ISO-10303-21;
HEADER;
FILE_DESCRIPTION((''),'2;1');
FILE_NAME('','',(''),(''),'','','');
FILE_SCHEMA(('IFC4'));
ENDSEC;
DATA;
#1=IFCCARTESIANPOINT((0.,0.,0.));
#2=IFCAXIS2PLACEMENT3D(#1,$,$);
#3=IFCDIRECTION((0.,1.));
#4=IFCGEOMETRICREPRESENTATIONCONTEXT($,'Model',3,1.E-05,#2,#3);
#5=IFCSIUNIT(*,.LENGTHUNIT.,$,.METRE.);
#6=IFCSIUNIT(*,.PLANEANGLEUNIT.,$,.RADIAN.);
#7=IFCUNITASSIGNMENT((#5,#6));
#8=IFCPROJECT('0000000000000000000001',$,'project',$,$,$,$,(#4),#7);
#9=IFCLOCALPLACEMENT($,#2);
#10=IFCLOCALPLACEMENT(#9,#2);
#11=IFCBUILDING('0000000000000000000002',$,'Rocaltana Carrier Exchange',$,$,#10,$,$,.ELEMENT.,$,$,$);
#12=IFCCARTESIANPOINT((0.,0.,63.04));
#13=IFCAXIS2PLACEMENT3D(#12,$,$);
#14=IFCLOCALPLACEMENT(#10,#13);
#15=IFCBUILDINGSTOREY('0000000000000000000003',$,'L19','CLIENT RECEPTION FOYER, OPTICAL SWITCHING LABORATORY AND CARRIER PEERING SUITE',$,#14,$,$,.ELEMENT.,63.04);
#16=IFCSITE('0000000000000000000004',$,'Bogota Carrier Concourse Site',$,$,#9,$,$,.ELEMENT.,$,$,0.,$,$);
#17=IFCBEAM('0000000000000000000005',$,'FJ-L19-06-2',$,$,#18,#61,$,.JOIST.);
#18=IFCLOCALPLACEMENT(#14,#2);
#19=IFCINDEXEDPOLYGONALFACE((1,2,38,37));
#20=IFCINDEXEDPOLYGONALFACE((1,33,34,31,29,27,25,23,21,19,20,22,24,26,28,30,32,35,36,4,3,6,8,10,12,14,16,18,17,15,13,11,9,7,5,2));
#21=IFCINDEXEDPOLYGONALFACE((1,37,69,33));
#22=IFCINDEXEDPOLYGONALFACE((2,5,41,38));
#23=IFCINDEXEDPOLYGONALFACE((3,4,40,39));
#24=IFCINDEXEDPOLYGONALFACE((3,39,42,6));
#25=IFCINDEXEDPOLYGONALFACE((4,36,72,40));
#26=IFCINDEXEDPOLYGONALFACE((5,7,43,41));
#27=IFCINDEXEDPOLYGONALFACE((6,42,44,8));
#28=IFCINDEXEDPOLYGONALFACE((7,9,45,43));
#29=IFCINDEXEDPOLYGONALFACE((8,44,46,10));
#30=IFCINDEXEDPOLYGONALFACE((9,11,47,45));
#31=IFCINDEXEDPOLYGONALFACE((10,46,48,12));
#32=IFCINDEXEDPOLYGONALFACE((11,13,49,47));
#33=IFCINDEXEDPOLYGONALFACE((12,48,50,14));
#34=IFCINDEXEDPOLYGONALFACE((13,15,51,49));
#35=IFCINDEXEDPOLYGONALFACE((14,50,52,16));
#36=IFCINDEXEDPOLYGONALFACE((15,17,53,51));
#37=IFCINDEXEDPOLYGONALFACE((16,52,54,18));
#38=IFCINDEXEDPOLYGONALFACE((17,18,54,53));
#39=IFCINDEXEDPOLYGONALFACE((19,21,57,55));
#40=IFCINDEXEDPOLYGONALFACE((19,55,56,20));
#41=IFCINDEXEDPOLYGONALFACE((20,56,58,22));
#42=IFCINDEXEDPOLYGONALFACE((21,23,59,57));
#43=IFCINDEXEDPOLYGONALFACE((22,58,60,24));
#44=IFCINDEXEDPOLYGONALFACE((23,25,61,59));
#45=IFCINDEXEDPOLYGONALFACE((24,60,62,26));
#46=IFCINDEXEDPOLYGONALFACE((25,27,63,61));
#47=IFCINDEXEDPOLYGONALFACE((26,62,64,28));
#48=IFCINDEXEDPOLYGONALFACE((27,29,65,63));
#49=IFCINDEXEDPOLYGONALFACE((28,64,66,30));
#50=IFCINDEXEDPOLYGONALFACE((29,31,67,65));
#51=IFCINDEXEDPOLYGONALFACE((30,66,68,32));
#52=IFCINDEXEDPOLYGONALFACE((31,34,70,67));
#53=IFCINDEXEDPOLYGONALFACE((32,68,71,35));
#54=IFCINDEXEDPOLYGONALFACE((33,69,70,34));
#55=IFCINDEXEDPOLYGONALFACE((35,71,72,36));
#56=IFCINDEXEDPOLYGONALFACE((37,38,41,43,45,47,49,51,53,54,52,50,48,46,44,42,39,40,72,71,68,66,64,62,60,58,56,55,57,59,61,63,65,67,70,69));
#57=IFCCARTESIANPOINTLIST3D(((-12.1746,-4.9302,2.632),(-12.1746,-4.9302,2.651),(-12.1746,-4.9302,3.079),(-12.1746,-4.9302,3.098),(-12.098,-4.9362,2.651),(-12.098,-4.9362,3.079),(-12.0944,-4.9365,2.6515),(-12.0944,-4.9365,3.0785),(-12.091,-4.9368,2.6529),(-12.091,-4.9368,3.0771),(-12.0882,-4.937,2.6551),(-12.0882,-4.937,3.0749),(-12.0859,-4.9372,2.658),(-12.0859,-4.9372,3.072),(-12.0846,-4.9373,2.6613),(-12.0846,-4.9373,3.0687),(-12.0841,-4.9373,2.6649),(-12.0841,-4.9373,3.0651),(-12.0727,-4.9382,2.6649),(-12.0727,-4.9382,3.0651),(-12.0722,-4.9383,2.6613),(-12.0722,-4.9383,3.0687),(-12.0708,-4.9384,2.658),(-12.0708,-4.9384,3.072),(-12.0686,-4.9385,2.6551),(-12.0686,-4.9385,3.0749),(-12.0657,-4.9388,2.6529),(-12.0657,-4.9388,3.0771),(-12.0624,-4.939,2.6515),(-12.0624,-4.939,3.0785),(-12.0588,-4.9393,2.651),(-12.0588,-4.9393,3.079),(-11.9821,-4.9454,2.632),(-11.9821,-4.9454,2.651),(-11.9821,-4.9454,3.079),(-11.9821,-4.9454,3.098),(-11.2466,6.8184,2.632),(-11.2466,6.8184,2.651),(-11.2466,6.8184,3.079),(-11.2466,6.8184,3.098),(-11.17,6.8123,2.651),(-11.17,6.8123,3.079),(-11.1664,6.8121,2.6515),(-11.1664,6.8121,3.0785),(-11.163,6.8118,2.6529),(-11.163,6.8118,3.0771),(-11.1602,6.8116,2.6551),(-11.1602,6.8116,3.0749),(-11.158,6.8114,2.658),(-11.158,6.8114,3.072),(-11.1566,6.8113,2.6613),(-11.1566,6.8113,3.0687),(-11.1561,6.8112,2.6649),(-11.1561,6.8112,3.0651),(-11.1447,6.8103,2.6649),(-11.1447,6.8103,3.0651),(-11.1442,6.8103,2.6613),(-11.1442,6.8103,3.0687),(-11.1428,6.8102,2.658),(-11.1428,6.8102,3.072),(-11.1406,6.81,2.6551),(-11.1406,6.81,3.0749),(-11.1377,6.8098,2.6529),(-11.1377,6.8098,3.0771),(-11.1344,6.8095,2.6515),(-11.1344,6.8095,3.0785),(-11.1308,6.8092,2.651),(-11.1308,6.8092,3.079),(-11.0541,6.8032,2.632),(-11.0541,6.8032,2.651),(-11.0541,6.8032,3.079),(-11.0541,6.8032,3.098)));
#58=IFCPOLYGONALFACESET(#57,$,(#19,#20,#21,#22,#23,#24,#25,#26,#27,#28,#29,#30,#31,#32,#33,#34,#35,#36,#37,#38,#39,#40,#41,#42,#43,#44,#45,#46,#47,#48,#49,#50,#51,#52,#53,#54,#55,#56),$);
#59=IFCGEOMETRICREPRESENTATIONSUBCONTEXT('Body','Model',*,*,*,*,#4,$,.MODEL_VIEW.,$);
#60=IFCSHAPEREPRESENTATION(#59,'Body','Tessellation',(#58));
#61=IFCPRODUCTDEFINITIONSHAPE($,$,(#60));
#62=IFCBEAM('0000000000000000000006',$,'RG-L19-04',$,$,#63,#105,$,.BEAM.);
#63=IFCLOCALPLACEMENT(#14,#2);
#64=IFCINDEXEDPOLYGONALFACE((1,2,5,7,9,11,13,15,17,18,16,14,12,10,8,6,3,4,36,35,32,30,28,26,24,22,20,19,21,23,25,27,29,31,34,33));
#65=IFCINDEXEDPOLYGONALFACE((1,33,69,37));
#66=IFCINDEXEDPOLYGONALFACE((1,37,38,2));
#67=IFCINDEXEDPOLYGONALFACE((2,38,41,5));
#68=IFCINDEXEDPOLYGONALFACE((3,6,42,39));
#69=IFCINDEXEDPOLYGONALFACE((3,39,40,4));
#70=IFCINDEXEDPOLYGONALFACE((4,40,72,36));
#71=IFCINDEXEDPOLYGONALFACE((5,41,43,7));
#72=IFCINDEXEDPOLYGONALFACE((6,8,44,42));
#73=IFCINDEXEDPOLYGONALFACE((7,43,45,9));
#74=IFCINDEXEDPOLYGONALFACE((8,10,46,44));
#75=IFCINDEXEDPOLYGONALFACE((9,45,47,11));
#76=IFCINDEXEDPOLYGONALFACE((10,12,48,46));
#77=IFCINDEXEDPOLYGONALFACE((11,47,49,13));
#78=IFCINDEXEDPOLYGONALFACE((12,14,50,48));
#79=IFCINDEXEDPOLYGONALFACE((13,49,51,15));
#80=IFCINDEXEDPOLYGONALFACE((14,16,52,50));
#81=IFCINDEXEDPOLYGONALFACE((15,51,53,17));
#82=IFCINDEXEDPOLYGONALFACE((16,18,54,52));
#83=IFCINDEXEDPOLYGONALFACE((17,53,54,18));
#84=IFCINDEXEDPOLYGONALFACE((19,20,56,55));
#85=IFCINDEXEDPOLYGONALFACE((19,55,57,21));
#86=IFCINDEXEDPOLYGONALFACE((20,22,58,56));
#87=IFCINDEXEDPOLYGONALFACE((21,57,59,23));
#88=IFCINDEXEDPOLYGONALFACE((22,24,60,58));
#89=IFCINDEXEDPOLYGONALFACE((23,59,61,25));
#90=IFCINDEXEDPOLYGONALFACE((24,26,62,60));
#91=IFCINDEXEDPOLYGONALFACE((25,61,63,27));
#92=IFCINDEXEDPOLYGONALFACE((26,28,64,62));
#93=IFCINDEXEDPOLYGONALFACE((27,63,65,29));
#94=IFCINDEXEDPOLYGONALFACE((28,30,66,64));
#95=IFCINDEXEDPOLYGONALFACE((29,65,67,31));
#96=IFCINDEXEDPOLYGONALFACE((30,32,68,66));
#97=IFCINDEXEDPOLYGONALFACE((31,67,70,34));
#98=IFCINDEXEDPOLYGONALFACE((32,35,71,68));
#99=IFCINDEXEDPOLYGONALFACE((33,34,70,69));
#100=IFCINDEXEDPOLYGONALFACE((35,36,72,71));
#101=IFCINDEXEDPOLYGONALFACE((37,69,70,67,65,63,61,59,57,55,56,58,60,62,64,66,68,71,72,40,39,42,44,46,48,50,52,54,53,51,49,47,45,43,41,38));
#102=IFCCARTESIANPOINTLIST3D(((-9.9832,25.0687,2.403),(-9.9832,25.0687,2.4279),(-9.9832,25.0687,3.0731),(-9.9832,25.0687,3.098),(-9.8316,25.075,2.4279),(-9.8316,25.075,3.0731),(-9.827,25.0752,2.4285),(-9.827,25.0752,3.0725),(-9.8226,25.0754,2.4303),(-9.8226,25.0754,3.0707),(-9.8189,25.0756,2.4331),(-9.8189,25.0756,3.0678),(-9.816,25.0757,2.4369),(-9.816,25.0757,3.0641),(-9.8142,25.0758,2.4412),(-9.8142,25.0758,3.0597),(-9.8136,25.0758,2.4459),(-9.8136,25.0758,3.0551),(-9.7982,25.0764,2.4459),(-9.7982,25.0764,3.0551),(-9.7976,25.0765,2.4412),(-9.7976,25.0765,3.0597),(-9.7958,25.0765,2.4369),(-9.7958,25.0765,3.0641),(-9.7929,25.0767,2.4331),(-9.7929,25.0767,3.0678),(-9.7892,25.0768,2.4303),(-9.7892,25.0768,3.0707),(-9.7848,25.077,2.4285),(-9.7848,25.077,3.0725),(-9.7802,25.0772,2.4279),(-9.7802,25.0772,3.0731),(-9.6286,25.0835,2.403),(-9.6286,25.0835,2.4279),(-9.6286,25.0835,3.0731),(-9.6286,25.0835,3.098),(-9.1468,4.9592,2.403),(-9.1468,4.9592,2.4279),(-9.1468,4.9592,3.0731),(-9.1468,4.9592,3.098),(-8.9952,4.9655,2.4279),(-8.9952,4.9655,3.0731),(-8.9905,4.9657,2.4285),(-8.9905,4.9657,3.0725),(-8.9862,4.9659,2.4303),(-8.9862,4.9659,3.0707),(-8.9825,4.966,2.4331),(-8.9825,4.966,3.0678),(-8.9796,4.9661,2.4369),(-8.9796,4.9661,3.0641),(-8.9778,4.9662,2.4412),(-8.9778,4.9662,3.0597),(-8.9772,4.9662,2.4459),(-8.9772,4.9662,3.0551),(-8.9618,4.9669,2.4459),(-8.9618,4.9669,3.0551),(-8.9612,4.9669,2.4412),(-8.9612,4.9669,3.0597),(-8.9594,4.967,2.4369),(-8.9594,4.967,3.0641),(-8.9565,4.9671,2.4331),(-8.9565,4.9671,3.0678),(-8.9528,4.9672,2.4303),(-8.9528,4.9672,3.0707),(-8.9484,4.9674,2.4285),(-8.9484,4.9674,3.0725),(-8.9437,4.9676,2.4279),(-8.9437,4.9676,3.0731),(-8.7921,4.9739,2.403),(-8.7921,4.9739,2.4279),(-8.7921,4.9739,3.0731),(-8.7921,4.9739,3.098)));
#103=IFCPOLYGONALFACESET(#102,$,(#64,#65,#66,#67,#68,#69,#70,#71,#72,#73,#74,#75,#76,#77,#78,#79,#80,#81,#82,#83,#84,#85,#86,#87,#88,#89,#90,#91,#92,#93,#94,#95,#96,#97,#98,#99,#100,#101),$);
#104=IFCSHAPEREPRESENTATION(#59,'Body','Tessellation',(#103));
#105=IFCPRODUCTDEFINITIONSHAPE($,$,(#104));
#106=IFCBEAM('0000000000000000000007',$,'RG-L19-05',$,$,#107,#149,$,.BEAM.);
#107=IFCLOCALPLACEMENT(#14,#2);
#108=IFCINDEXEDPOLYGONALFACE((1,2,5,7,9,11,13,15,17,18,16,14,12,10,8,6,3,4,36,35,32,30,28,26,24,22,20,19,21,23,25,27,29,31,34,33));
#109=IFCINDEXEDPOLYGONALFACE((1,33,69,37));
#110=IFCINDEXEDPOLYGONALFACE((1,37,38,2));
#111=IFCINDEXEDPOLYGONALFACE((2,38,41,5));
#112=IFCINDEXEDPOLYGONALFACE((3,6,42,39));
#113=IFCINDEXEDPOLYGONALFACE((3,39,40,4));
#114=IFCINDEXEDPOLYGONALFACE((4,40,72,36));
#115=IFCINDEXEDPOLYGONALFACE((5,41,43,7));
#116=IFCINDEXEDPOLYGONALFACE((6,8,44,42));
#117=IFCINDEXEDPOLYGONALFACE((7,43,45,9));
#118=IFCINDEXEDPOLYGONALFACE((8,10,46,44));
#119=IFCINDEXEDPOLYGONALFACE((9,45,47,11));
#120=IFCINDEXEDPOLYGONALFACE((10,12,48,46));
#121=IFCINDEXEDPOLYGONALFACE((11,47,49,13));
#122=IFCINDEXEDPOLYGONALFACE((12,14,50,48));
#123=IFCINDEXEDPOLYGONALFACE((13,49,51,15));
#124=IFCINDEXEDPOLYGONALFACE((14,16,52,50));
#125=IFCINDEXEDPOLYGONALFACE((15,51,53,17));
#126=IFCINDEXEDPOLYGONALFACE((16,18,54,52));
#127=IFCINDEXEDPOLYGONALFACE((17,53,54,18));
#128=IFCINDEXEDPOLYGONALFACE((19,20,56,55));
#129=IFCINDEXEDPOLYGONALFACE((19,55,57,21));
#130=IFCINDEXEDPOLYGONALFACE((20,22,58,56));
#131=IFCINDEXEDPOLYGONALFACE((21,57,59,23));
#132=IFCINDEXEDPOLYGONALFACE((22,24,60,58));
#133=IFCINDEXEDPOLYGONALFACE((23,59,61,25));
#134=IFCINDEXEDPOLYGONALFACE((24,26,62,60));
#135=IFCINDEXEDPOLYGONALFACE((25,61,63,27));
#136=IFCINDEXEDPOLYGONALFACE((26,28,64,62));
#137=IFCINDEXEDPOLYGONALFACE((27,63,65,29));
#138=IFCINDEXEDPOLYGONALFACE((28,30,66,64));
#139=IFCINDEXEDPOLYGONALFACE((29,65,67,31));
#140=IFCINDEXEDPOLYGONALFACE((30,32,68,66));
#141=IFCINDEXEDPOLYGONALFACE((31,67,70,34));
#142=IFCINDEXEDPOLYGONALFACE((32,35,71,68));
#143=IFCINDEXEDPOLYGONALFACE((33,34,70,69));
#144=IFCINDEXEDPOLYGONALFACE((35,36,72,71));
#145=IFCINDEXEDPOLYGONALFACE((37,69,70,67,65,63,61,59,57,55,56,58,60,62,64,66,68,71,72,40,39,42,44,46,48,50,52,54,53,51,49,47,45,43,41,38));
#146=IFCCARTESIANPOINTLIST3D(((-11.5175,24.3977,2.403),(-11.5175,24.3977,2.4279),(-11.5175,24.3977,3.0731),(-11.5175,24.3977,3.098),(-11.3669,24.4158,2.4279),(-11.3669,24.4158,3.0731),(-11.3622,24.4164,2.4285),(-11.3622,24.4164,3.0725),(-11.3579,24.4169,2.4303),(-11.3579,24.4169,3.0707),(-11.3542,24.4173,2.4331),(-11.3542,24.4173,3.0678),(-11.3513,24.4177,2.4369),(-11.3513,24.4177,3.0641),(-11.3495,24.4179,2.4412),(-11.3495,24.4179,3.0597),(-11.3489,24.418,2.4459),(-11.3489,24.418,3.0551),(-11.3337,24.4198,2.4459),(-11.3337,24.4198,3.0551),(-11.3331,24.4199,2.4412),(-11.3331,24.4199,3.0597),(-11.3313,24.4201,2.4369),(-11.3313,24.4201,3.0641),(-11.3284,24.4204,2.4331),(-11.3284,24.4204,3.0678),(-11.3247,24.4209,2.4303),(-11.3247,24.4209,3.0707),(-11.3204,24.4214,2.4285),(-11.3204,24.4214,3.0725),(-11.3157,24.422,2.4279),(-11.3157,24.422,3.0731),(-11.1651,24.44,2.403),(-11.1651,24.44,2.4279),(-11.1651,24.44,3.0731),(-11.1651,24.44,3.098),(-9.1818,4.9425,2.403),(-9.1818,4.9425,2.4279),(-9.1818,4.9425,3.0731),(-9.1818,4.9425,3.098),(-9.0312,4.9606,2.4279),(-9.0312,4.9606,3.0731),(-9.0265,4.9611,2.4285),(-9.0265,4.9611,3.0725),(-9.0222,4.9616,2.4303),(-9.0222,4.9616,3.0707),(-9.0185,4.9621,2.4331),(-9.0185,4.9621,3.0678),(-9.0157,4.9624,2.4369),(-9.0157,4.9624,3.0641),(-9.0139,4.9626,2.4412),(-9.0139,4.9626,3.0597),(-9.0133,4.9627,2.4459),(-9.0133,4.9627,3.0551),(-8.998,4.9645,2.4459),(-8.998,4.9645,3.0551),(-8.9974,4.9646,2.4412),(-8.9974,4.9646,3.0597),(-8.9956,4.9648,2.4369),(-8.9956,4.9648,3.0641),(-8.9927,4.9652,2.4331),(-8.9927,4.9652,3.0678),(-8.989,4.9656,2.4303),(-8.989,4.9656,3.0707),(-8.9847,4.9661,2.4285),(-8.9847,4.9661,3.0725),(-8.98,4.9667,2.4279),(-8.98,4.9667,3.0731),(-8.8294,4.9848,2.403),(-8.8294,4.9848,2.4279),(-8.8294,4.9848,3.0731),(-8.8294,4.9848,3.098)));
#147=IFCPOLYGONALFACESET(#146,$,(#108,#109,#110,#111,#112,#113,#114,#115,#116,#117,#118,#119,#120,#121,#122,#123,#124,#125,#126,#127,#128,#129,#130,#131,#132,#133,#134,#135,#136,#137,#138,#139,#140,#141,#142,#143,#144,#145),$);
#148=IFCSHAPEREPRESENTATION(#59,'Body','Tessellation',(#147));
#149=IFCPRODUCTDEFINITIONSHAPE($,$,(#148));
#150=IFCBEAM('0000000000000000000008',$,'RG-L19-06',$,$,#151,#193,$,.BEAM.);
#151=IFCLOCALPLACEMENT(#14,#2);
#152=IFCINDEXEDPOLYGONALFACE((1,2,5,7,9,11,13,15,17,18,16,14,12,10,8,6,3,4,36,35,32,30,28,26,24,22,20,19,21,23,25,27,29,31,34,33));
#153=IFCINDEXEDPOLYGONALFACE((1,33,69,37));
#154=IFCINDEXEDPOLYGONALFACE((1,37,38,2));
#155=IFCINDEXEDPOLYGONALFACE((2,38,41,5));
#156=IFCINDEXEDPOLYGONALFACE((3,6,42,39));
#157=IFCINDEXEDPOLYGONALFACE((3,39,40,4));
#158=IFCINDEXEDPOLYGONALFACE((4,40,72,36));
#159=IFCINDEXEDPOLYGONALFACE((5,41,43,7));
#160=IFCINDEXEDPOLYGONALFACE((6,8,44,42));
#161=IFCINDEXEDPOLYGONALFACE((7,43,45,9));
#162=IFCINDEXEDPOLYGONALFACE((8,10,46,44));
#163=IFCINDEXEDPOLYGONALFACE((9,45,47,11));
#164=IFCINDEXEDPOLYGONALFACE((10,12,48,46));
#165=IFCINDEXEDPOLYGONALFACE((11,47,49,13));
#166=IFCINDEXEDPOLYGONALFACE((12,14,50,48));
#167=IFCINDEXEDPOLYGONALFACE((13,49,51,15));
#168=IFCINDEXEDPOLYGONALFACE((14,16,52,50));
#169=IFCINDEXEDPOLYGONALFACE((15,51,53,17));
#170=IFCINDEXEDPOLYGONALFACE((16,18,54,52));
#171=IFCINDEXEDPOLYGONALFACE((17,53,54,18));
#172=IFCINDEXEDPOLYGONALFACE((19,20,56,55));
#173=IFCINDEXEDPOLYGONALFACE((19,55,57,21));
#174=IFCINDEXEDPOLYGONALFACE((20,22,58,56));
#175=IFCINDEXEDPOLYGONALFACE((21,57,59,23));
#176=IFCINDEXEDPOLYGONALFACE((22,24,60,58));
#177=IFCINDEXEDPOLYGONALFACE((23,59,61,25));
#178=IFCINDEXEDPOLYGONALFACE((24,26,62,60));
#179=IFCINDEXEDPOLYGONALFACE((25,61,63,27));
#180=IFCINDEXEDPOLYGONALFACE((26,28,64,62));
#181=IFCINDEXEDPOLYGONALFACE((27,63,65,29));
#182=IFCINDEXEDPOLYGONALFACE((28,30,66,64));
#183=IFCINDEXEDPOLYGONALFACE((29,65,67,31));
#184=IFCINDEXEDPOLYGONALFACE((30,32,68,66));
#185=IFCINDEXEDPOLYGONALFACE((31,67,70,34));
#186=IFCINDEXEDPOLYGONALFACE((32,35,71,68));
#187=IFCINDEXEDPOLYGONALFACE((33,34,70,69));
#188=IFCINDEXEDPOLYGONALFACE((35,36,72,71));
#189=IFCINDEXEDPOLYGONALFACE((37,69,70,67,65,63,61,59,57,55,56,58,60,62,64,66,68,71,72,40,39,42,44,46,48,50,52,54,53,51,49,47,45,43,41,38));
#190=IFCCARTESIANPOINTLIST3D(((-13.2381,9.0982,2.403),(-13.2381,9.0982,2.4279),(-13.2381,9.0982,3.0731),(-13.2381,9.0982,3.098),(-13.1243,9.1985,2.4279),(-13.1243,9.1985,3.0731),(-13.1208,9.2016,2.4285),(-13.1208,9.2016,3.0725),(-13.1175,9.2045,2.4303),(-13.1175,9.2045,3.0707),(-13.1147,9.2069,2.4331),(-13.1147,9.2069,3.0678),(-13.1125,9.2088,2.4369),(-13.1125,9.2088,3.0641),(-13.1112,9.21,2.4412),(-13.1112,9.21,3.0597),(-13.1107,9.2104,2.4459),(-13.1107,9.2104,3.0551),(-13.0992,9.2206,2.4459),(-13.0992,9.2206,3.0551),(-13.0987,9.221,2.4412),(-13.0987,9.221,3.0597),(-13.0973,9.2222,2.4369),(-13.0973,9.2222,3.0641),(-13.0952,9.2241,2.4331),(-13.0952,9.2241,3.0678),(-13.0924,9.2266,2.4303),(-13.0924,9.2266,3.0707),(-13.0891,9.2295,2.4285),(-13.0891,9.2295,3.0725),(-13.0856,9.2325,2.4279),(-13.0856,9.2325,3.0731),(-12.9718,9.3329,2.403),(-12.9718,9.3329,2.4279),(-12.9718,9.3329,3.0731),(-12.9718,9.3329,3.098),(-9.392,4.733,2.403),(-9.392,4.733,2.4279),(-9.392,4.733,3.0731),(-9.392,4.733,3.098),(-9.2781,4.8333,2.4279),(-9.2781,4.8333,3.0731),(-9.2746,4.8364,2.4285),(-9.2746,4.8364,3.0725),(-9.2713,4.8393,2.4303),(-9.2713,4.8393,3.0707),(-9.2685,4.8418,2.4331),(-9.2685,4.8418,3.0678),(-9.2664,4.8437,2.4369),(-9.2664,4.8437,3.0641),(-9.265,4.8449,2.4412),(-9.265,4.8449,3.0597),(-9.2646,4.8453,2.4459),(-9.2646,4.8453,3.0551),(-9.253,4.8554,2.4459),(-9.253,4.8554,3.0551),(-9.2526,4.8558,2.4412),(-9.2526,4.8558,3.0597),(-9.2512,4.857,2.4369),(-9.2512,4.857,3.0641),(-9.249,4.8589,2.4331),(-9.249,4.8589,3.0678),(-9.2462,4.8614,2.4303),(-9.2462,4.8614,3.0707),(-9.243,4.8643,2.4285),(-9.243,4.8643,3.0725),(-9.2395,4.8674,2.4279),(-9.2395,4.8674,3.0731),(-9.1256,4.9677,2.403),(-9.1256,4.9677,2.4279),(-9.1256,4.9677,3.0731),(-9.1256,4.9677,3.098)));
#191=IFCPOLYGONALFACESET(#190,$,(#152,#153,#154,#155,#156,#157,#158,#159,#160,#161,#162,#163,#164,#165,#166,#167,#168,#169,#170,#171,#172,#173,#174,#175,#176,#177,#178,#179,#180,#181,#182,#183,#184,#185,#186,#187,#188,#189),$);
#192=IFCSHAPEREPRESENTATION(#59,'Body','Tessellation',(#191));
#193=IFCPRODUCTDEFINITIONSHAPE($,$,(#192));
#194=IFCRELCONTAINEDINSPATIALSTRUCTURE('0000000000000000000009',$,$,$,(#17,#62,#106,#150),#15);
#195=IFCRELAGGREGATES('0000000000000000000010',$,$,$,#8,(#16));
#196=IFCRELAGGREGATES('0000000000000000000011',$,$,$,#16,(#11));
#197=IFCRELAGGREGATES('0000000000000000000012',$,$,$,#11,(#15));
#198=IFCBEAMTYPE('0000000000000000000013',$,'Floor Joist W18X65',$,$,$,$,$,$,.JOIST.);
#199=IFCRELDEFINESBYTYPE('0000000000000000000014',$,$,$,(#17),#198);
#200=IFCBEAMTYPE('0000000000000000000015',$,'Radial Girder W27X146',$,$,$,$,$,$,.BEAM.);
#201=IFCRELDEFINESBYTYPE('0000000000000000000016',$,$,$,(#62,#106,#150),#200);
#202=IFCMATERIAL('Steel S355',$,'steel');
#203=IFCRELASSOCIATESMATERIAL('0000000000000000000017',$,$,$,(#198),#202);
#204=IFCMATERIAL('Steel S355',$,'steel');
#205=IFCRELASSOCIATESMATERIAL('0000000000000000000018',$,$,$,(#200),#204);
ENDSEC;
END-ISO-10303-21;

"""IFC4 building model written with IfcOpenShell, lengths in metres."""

from ifc_helpers import new_model, si_unit, direction, frame, origin, origin_2d, place, context, subcontext, project, spatial, i_section, extrude, material, material_profile, profile_set, type_object, element, save


model = new_model("IFC4")

# Units and contexts
model_context = context("Model", 3, precision=1e-05, world=origin(), true_north=direction((0.0, 1.0)))
body_context = subcontext(model_context, "Body", "Model", "MODEL_VIEW")
ifc_project = project(units=[si_unit("LENGTHUNIT", "METRE"), si_unit("PLANEANGLEUNIT", "RADIAN")], contexts=[model_context])

# Site, building, storey
site_placement = place(None, origin())
site = spatial("IfcSite", under=ifc_project, at=site_placement, Name="Bogota Carrier Concourse Site", CompositionType="ELEMENT", RefElevation=0.0)
building_placement = place(site_placement, origin())
building = spatial("IfcBuilding", under=site, at=building_placement, Name="Rocaltana Carrier Exchange", CompositionType="ELEMENT")
storey_placement = place(building_placement, frame((0.0, 0.0, 63.04)))
storey = spatial("IfcBuildingStorey", under=building, at=storey_placement, Name="L19", Description="CLIENT RECEPTION FOYER, OPTICAL SWITCHING LABORATORY AND CARRIER PEERING SUITE", CompositionType="ELEMENT", Elevation=63.04)

# Beams
ifc_material_1 = material(Name="Steel S355", Category="steel")
ifc_material_profile_1 = material_profile(ifc_material_1, i_section(OverallWidth=0.1931, OverallDepth=0.4661, WebThickness=0.0115, FlangeThickness=0.019, FilletRadius=0.0139, at=origin_2d()), Name="W18X65")
ifc_profile_set_1 = profile_set([ifc_material_profile_1], Name="Steel S355")
beam_type_1 = type_object("IfcBeamType", Name="Floor Joist W18X65", PredefinedType="JOIST", material=ifc_profile_set_1)
beam_1_placement = place(storey_placement, frame((-11.1504, 6.8108, 2.865), z_axis=(-0.078741, -0.996895, 0.0), x_axis=(0.996895, -0.078741, 0.0)))
element("IfcBeam", 1, at=beam_1_placement, inside=storey, type_object=beam_type_1, Name="FJ-L19-06-2", PredefinedType="JOIST", context=body_context, shape_type="SweptSolid", body=[
    extrude(i_section(OverallWidth=0.1931, OverallDepth=0.4661, WebThickness=0.0115, FlangeThickness=0.019, FilletRadius=0.0139, at=origin_2d()), origin(), (0.0, 0.0, 1.0), 11.7852),
])
ifc_material_2 = material(Name="Steel S355", Category="steel")
ifc_material_profile_2 = material_profile(ifc_material_2, i_section(OverallWidth=0.355, OverallDepth=0.6951, WebThickness=0.0154, FlangeThickness=0.0249, FilletRadius=0.0181, at=origin_2d()), Name="W27X146")
ifc_profile_set_2 = profile_set([ifc_material_profile_2], Name="Steel S355")
beam_type_2 = type_object("IfcBeamType", Name="Radial Girder W27X146", PredefinedType="BEAM", material=ifc_profile_set_2)
beam_2_placement = place(storey_placement, frame((-8.9695, 4.9666, 2.7505), z_axis=(-0.041557, 0.999136, 0.0), x_axis=(-0.999136, -0.041557, 0.0)))
element("IfcBeam", 2, at=beam_2_placement, inside=storey, type_object=beam_type_2, Name="RG-L19-04", PredefinedType="BEAM", context=body_context, shape_type="SweptSolid", body=[
    extrude(i_section(OverallWidth=0.355, OverallDepth=0.6951, WebThickness=0.0154, FlangeThickness=0.0249, FilletRadius=0.0181, at=origin_2d()), origin(), (0.0, 0.0, 1.0), 20.127),
])
beam_3_placement = place(storey_placement, frame((-9.0056, 4.9636, 2.7505), z_axis=(-0.119198, 0.99287, 0.0), x_axis=(-0.99287, -0.119198, 0.0)))
element("IfcBeam", 3, at=beam_3_placement, inside=storey, type_object=beam_type_2, Name="RG-L19-05", PredefinedType="BEAM", context=body_context, shape_type="SweptSolid", body=[
    extrude(i_section(OverallWidth=0.355, OverallDepth=0.6951, WebThickness=0.0154, FlangeThickness=0.0249, FilletRadius=0.0181, at=origin_2d()), origin(), (0.0, 0.0, 1.0), 19.595),
])
beam_4_placement = place(storey_placement, frame((-9.2588, 4.8503, 2.7505), z_axis=(-0.661091, 0.750305, 0.0), x_axis=(-0.750305, -0.661091, 0.0)))
element("IfcBeam", 4, at=beam_4_placement, inside=storey, type_object=beam_type_2, Name="RG-L19-06", PredefinedType="BEAM", context=body_context, shape_type="SweptSolid", body=[
    extrude(i_section(OverallWidth=0.355, OverallDepth=0.6951, WebThickness=0.0154, FlangeThickness=0.0249, FilletRadius=0.0181, at=origin_2d()), origin(), (0.0, 0.0, 1.0), 5.8179),
])

save(model, "model.ifc")
